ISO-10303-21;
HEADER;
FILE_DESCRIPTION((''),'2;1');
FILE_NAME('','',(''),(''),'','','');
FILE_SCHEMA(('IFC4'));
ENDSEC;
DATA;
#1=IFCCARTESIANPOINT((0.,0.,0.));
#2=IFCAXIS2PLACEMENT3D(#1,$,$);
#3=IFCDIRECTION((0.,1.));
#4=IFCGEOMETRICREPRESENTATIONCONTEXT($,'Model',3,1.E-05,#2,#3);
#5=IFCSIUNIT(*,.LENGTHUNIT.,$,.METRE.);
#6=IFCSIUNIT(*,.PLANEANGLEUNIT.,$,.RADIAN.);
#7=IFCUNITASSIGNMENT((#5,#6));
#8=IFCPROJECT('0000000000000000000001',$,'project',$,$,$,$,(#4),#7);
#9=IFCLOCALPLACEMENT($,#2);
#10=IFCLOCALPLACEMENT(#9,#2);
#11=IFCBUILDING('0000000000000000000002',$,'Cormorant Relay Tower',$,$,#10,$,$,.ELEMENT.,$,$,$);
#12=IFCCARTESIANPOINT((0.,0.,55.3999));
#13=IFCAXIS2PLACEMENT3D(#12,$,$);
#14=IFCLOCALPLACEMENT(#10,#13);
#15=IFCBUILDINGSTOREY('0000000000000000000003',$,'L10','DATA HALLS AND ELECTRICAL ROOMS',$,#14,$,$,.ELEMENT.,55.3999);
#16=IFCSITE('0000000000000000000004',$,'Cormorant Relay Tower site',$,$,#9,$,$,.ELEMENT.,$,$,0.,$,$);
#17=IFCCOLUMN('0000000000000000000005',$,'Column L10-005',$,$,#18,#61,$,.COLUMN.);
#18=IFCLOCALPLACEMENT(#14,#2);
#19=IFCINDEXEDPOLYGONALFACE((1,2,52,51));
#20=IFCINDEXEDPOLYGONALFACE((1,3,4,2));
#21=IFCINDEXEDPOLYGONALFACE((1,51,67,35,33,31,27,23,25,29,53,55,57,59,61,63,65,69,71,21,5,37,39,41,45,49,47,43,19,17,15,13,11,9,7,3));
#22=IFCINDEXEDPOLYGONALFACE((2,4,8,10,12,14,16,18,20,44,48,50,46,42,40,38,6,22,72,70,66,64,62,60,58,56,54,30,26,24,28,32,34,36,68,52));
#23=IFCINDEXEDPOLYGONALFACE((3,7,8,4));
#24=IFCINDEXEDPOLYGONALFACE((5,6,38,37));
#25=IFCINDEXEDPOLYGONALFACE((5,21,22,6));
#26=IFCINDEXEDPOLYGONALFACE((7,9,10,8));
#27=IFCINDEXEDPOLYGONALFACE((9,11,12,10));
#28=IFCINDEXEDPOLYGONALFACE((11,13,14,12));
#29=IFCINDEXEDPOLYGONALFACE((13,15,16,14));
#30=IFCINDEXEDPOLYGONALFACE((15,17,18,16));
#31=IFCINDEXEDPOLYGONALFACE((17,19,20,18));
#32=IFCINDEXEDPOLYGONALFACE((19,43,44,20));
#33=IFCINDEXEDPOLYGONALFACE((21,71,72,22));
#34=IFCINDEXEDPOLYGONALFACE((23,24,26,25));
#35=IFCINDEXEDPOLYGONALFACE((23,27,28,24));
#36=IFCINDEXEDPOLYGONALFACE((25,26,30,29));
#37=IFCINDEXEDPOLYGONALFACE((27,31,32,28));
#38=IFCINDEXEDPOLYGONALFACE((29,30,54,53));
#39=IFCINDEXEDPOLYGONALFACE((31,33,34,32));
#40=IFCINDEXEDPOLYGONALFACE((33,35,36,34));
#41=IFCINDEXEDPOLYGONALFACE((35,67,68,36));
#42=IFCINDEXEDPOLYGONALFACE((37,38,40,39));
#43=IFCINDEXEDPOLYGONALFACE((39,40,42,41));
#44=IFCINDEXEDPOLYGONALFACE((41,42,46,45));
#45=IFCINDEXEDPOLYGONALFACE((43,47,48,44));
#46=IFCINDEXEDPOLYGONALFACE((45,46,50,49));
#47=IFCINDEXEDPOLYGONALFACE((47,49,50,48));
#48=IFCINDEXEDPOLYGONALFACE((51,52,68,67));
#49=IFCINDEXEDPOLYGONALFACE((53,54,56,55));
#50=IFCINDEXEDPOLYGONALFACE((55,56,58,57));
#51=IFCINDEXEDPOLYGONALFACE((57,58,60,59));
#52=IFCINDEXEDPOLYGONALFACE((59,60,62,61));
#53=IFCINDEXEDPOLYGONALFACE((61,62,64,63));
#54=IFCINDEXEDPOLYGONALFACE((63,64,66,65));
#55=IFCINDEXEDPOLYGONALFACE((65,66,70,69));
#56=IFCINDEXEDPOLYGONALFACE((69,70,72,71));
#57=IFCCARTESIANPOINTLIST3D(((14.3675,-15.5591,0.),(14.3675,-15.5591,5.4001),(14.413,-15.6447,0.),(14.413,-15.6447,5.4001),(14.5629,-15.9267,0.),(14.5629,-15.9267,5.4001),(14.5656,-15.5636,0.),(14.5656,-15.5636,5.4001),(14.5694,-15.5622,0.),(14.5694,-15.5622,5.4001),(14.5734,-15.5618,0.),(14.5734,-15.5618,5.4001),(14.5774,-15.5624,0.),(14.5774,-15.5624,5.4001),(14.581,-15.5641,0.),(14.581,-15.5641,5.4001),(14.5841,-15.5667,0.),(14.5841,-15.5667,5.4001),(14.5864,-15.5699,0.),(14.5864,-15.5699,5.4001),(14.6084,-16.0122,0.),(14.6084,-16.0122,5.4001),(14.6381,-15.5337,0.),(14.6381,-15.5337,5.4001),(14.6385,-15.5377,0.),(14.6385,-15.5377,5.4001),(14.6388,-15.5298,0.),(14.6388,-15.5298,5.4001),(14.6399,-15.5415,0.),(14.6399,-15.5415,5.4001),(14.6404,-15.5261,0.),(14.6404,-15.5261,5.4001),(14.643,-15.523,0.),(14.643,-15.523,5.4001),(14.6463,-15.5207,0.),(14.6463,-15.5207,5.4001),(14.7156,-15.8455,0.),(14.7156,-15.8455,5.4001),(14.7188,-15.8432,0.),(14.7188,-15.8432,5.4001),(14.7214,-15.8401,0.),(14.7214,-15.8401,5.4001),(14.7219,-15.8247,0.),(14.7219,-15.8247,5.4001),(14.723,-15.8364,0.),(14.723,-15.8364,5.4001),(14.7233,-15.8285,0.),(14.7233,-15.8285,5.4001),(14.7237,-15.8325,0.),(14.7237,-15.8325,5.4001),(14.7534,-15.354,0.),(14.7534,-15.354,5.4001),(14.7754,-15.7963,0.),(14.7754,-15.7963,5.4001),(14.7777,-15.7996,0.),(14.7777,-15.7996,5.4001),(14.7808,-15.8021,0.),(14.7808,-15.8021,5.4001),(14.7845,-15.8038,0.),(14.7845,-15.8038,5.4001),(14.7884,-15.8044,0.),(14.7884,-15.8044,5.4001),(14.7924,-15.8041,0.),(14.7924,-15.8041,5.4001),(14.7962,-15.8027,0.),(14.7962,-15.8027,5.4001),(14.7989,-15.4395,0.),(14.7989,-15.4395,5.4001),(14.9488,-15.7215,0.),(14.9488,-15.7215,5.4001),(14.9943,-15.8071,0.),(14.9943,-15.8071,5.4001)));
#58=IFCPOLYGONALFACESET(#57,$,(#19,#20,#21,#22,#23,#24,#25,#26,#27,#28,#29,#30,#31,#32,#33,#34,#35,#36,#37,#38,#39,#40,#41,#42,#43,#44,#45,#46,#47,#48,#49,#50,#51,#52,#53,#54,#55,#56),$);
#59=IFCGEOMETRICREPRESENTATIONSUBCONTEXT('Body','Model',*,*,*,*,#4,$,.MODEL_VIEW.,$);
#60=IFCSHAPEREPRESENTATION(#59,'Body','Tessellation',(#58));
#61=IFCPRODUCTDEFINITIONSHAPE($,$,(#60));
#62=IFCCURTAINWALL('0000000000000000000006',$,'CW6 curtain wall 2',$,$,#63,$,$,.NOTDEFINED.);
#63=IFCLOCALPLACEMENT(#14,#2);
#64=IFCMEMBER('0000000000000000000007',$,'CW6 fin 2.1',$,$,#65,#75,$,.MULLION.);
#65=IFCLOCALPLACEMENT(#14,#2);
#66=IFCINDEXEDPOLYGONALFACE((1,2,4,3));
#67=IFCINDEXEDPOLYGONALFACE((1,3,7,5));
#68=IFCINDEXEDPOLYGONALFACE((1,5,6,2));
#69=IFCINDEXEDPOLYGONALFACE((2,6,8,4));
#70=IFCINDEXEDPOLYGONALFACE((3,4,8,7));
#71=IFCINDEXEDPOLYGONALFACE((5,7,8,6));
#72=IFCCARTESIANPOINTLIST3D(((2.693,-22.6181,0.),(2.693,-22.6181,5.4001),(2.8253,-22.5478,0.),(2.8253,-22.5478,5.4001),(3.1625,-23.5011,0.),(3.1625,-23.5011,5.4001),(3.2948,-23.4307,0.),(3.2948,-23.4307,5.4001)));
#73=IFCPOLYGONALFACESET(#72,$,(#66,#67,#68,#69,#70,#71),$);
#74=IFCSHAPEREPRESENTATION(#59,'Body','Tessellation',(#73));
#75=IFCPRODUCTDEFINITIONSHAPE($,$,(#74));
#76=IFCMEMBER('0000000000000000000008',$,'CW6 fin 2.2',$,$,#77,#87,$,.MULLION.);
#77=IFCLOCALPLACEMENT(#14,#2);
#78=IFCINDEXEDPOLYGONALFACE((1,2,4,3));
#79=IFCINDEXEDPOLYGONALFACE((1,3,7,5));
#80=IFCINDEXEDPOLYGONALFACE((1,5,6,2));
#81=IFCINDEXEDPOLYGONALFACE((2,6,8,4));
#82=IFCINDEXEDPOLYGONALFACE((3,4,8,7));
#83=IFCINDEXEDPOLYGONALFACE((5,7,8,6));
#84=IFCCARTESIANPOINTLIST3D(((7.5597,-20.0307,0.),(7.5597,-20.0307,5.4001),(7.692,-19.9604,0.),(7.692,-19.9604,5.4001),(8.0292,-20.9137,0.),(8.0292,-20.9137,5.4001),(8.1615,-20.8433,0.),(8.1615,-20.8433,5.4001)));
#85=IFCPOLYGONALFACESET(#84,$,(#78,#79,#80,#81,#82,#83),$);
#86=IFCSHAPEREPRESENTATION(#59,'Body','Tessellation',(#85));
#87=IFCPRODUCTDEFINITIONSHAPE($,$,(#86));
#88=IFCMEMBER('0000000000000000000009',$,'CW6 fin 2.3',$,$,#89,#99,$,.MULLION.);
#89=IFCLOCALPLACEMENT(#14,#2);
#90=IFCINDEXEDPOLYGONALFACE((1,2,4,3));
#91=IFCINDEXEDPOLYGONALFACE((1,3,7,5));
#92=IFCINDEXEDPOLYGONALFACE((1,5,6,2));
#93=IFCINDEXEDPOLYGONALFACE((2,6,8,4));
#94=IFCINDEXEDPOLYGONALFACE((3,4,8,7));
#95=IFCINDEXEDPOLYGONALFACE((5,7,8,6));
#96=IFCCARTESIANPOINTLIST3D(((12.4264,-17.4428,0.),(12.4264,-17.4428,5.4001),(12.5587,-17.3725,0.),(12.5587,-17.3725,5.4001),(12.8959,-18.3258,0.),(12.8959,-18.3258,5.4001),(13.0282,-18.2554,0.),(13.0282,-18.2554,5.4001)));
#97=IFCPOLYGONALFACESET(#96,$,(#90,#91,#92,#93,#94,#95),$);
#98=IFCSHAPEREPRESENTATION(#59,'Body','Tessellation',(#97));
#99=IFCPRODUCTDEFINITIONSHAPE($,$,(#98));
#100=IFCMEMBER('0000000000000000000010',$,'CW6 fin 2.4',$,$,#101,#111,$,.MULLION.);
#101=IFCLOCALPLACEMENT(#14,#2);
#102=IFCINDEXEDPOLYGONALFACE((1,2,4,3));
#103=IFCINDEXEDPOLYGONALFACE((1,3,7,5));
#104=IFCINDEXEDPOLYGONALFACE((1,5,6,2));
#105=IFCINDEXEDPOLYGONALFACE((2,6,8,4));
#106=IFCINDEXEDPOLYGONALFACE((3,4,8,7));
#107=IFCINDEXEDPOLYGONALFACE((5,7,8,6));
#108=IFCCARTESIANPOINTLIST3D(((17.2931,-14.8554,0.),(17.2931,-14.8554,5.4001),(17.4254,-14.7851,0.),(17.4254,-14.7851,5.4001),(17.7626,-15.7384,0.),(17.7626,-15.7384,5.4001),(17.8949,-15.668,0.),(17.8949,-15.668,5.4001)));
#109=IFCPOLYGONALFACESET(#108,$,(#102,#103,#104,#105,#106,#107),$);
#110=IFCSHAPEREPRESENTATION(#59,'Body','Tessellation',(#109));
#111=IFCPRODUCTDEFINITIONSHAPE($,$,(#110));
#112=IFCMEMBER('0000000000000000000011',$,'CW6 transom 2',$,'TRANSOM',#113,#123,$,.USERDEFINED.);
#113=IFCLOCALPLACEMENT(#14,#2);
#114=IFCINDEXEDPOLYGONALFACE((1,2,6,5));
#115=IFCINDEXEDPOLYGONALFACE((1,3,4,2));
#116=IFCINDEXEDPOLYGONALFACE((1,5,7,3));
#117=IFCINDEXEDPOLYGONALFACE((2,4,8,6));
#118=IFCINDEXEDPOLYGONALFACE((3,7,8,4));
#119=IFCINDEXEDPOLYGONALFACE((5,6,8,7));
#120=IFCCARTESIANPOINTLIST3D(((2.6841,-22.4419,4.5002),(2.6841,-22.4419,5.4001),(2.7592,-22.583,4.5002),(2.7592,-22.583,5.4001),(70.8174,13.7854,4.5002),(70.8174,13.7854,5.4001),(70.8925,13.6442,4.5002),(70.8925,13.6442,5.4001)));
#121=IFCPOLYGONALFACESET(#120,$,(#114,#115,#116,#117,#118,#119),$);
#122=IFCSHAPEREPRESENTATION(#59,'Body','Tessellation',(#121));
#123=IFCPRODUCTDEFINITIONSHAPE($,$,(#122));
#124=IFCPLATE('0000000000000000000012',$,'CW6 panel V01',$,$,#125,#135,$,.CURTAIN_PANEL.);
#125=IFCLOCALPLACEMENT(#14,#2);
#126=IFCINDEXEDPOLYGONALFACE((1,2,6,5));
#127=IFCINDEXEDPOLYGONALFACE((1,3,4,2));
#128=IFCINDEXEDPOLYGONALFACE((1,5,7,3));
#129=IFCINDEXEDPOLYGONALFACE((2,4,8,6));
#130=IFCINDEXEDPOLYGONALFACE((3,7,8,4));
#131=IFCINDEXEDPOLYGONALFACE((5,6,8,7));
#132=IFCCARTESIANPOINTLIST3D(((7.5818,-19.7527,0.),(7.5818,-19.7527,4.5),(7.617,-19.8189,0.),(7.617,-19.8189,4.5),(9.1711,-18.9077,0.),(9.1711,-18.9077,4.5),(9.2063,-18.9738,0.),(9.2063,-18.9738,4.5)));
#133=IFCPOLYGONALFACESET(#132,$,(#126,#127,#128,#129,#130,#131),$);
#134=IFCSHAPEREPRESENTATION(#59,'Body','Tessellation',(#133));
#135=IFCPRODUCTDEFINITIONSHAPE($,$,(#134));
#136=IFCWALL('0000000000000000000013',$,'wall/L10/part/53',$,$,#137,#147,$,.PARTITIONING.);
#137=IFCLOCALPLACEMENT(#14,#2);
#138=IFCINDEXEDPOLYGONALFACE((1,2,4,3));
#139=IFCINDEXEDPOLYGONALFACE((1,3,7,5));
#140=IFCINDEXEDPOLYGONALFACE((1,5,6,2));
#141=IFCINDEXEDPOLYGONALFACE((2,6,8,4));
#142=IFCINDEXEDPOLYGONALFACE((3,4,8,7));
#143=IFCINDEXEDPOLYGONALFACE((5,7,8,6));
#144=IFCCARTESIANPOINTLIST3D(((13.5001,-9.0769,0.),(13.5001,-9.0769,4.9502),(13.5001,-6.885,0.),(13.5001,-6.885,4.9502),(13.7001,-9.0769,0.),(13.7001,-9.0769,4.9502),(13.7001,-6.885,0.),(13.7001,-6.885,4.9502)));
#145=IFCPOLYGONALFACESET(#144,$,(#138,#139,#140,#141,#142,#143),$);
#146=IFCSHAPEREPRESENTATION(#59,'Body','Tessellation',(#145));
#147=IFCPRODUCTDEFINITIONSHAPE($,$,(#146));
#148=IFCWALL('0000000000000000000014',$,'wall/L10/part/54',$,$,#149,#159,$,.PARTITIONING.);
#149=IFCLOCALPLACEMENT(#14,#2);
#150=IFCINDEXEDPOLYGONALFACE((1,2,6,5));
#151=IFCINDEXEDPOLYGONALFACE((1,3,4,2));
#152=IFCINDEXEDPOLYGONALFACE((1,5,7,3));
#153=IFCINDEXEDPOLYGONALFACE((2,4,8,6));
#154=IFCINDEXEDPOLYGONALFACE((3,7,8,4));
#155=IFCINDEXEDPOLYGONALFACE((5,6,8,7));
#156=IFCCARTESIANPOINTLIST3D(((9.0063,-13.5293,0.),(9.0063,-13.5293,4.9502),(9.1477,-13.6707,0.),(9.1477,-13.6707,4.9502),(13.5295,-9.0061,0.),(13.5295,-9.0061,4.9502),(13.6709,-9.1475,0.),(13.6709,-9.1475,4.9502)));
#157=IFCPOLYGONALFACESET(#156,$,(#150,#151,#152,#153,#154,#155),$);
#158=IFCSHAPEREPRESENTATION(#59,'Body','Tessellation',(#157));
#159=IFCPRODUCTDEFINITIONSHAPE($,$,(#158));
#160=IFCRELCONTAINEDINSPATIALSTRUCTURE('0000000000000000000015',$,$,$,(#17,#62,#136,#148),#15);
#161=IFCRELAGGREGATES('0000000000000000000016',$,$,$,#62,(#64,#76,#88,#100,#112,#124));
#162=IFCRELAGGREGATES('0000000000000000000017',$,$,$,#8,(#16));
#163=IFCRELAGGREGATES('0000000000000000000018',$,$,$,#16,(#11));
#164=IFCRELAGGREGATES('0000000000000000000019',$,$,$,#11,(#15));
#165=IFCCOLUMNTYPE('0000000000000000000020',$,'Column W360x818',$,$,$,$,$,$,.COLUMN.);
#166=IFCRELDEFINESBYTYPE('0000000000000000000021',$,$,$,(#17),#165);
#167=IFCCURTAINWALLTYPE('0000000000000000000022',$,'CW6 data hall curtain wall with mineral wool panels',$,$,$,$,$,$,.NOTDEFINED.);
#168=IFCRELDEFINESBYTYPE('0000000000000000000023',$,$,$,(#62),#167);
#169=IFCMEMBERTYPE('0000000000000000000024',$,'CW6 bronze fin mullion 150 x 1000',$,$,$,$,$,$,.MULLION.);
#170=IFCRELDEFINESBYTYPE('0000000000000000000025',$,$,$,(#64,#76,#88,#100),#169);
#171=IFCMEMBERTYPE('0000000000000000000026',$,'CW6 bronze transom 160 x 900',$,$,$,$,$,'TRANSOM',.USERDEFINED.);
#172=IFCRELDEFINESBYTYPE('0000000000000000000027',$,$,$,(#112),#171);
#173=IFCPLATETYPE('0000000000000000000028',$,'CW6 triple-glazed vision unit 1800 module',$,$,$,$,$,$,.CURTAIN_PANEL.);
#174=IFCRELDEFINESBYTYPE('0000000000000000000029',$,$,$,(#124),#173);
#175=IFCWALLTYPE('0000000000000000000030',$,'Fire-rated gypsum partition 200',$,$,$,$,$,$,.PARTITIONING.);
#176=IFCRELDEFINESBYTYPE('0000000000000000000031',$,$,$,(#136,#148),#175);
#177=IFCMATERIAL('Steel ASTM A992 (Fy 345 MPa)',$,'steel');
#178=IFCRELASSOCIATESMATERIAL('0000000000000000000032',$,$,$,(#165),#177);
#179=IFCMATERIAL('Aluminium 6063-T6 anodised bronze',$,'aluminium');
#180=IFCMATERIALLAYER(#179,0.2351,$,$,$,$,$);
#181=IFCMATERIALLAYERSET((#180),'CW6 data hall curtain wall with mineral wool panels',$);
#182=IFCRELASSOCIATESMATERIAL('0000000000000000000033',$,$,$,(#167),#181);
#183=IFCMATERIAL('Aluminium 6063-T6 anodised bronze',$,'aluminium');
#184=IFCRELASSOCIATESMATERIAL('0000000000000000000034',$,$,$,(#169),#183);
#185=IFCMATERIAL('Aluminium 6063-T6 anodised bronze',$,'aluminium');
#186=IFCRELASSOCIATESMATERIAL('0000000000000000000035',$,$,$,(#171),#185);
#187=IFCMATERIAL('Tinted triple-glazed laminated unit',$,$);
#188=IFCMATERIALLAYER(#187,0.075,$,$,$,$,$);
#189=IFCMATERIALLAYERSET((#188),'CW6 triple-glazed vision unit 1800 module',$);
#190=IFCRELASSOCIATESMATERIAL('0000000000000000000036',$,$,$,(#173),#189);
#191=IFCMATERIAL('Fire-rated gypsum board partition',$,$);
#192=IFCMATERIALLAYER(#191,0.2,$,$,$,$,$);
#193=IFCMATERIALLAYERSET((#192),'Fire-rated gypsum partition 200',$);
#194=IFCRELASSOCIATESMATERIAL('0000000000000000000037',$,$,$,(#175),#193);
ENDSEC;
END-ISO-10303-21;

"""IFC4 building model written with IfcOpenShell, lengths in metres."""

from ifc_helpers import new_model, si_unit, direction, frame, frame_2d, origin, origin_2d, place, context, subcontext, project, spatial, rectangle, i_section, extrude, material, layer, layer_set, material_profile, profile_set, type_object, element, aggregate, save


model = new_model("IFC4")

# Units and contexts
model_context = context("Model", 3, precision=1e-05, world=origin(), true_north=direction((0.0, 1.0)))
body_context = subcontext(model_context, "Body", "Model", "MODEL_VIEW")
ifc_project = project(units=[si_unit("LENGTHUNIT", "METRE"), si_unit("PLANEANGLEUNIT", "RADIAN")], contexts=[model_context])

# Site, building, storey
site_placement = place(None, origin())
site = spatial("IfcSite", under=ifc_project, at=site_placement, Name="Cormorant Relay Tower site", CompositionType="ELEMENT", RefElevation=0.0)
building_placement = place(site_placement, origin())
building = spatial("IfcBuilding", under=site, at=building_placement, Name="Cormorant Relay Tower", CompositionType="ELEMENT")
storey_placement = place(building_placement, frame((0.0, 0.0, 55.3999)))
storey = spatial("IfcBuildingStorey", under=building, at=storey_placement, Name="L10", Description="DATA HALLS AND ELECTRICAL ROOMS", CompositionType="ELEMENT", Elevation=55.3999)

# Column
ifc_material_1 = material(Name="Steel ASTM A992 (Fy 345 MPa)", Category="steel")
ifc_material_profile_1 = material_profile(ifc_material_1, i_section(OverallWidth=0.437, OverallDepth=0.5132, WebThickness=0.0605, FlangeThickness=0.0969, FilletRadius=0.0154, at=origin_2d()), Name="W360x818")
ifc_profile_set_1 = profile_set([ifc_material_profile_1], Name="Steel ASTM A992 (Fy 345 MPa)")
column_type_1 = type_object("IfcColumnType", Name="Column W360x818", PredefinedType="COLUMN", material=ifc_profile_set_1)
for number, where, z_axis, x_axis, name in (
    (1, (14.6809, -15.6831, 0.0), (0.0, 0.0, 1.0), (0.882948, 0.469472, 0.0), "Column L10-005"),
):
    element("IfcColumn", number, at=place(storey_placement, frame(where, z_axis=z_axis, x_axis=x_axis)), inside=storey, type_object=column_type_1, Name=name, PredefinedType="COLUMN", context=body_context, shape_type="SweptSolid", body=[
        extrude(i_section(OverallWidth=0.437, OverallDepth=0.5132, WebThickness=0.0605, FlangeThickness=0.0969, FilletRadius=0.0154, at=origin_2d()), origin(), (0.0, 0.0, 1.0), 5.4001),
    ])

# Curtain wall, members, plate
ifc_material_2 = material(Name="Aluminium 6063-T6 anodised bronze", Category="aluminium")
ifc_layer_1 = layer(ifc_material_2, 0.2351)
ifc_layer_set_1 = layer_set([ifc_layer_1], Name="CW6 data hall curtain wall with mineral wool panels")
curtain_wall_type = type_object("IfcCurtainWallType", Name="CW6 data hall curtain wall with mineral wool panels", PredefinedType="NOTDEFINED", material=ifc_layer_set_1)
curtain_wall_1_placement = place(storey_placement, origin())
curtain_wall_1 = element("IfcCurtainWall", 2, at=curtain_wall_1_placement, inside=storey, type_object=curtain_wall_type, Name="CW6 curtain wall 2", PredefinedType="NOTDEFINED")
ifc_material_3 = material(Name="Aluminium 6063-T6 anodised bronze", Category="aluminium")
ifc_material_profile_2 = material_profile(ifc_material_3, rectangle(XDim=0.1499, YDim=1.0, at=origin_2d()), Name="AL 150x1000")
ifc_profile_set_2 = profile_set([ifc_material_profile_2], Name="Aluminium 6063-T6 anodised bronze")
member_type_1 = type_object("IfcMemberType", Name="CW6 bronze fin mullion 150 x 1000", PredefinedType="MULLION", material=ifc_profile_set_2)
member_1_placement = place(storey_placement, frame((2.9939, -23.0244, 0.0), z_axis=(0.0, 0.0, 1.0), x_axis=(0.882948, 0.469472, 0.0)))
member_1 = element("IfcMember", 3, at=member_1_placement, type_object=member_type_1, Name="CW6 fin 2.1", PredefinedType="MULLION", context=body_context, shape_type="SweptSolid", body=[
    extrude(rectangle(XDim=0.1499, YDim=1.0, at=origin_2d()), origin(), (0.0, 0.0, 1.0), 5.4001),
])
member_2_placement = place(storey_placement, frame((7.8606, -20.437, 0.0), z_axis=(0.0, 0.0, 1.0), x_axis=(0.882948, 0.469472, 0.0)))
member_2 = element("IfcMember", 4, at=member_2_placement, type_object=member_type_1, Name="CW6 fin 2.2", PredefinedType="MULLION", context=body_context, shape_type="SweptSolid", body=[
    extrude(rectangle(XDim=0.1499, YDim=1.0, at=origin_2d()), origin(), (0.0, 0.0, 1.0), 5.4001),
])
member_3_placement = place(storey_placement, frame((12.7273, -17.8491, 0.0), z_axis=(0.0, 0.0, 1.0), x_axis=(0.882948, 0.469472, 0.0)))
member_3 = element("IfcMember", 5, at=member_3_placement, type_object=member_type_1, Name="CW6 fin 2.3", PredefinedType="MULLION", context=body_context, shape_type="SweptSolid", body=[
    extrude(rectangle(XDim=0.1499, YDim=1.0, at=origin_2d()), origin(), (0.0, 0.0, 1.0), 5.4001),
])
member_4_placement = place(storey_placement, frame((17.594, -15.2617, 0.0), z_axis=(0.0, 0.0, 1.0), x_axis=(0.882948, 0.469472, 0.0)))
member_4 = element("IfcMember", 6, at=member_4_placement, type_object=member_type_1, Name="CW6 fin 2.4", PredefinedType="MULLION", context=body_context, shape_type="SweptSolid", body=[
    extrude(rectangle(XDim=0.1499, YDim=1.0, at=origin_2d()), origin(), (0.0, 0.0, 1.0), 5.4001),
])
ifc_material_4 = material(Name="Aluminium 6063-T6 anodised bronze", Category="aluminium")
ifc_material_profile_3 = material_profile(ifc_material_4, rectangle(XDim=0.1599, YDim=0.8999, at=origin_2d()), Name="AL 160x900")
ifc_profile_set_3 = profile_set([ifc_material_profile_3], Name="Aluminium 6063-T6 anodised bronze")
member_type_2 = type_object("IfcMemberType", Name="CW6 bronze transom 160 x 900", ElementType="TRANSOM", PredefinedType="USERDEFINED", material=ifc_profile_set_3)
member_5_placement = place(storey_placement, frame((2.7217, -22.5125, 4.9502), z_axis=(0.882947, 0.469473, 0.0), x_axis=(-0.469473, 0.882947, 0.0)))
member_5 = element("IfcMember", 7, at=member_5_placement, type_object=member_type_2, Name="CW6 transom 2", ObjectType="TRANSOM", PredefinedType="USERDEFINED", context=body_context, shape_type="SweptSolid", body=[
    extrude(rectangle(XDim=0.1599, YDim=0.8999, at=origin_2d()), origin(), (0.0, 0.0, 1.0), 77.1658),
])
ifc_material_5 = material(Name="Tinted triple-glazed laminated unit")
ifc_layer_2 = layer(ifc_material_5, 0.075)
ifc_layer_set_2 = layer_set([ifc_layer_2], Name="CW6 triple-glazed vision unit 1800 module")
plate_type = type_object("IfcPlateType", Name="CW6 triple-glazed vision unit 1800 module", PredefinedType="CURTAIN_PANEL", material=ifc_layer_set_2)
plate_placement = place(storey_placement, frame((8.394, -19.3633, 0.0), z_axis=(0.0, 0.0, 1.0), x_axis=(0.882948, 0.469472, 0.0)))
plate = element("IfcPlate", 8, at=plate_placement, type_object=plate_type, Name="CW6 panel V01", PredefinedType="CURTAIN_PANEL", context=body_context, shape_type="SweptSolid", body=[
    extrude(rectangle(XDim=1.8, YDim=0.075, at=origin_2d()), origin(), (0.0, 0.0, 1.0), 4.5),
])

# Walls
ifc_material_6 = material(Name="Fire-rated gypsum board partition")
ifc_layer_3 = layer(ifc_material_6, 0.2)
ifc_layer_set_3 = layer_set([ifc_layer_3], Name="Fire-rated gypsum partition 200")
wall_type_1 = type_object("IfcWallType", Name="Fire-rated gypsum partition 200", PredefinedType="PARTITIONING", material=ifc_layer_set_3)
wall_1_placement = place(storey_placement, frame((13.6001, -6.885, 0.0), z_axis=(0.0, 0.0, 1.0), x_axis=(0.0, -1.0, 0.0)))
element("IfcWall", 9, at=wall_1_placement, inside=storey, type_object=wall_type_1, Name="wall/L10/part/53", PredefinedType="PARTITIONING", context=body_context, shape_type="SweptSolid", body=[
    extrude(rectangle(XDim=2.1919, YDim=0.2, at=frame_2d((1.0959, 0.0))), origin(), (0.0, 0.0, 1.0), 4.9502),
])
wall_2_placement = place(storey_placement, frame((13.6001, -9.0769, 0.0), z_axis=(0.0, 0.0, 1.0), x_axis=(-0.707107, -0.707107, 0.0)))
element("IfcWall", 10, at=wall_2_placement, inside=storey, type_object=wall_type_1, Name="wall/L10/part/54", PredefinedType="PARTITIONING", context=body_context, shape_type="SweptSolid", body=[
    extrude(rectangle(XDim=6.3967, YDim=0.2, at=frame_2d((3.1982, 0.0))), origin(), (0.0, 0.0, 1.0), 4.9502),
])

aggregate(curtain_wall_1, [member_1, member_2, member_3, member_4, member_5, plate])

save(model, "model.ifc")
